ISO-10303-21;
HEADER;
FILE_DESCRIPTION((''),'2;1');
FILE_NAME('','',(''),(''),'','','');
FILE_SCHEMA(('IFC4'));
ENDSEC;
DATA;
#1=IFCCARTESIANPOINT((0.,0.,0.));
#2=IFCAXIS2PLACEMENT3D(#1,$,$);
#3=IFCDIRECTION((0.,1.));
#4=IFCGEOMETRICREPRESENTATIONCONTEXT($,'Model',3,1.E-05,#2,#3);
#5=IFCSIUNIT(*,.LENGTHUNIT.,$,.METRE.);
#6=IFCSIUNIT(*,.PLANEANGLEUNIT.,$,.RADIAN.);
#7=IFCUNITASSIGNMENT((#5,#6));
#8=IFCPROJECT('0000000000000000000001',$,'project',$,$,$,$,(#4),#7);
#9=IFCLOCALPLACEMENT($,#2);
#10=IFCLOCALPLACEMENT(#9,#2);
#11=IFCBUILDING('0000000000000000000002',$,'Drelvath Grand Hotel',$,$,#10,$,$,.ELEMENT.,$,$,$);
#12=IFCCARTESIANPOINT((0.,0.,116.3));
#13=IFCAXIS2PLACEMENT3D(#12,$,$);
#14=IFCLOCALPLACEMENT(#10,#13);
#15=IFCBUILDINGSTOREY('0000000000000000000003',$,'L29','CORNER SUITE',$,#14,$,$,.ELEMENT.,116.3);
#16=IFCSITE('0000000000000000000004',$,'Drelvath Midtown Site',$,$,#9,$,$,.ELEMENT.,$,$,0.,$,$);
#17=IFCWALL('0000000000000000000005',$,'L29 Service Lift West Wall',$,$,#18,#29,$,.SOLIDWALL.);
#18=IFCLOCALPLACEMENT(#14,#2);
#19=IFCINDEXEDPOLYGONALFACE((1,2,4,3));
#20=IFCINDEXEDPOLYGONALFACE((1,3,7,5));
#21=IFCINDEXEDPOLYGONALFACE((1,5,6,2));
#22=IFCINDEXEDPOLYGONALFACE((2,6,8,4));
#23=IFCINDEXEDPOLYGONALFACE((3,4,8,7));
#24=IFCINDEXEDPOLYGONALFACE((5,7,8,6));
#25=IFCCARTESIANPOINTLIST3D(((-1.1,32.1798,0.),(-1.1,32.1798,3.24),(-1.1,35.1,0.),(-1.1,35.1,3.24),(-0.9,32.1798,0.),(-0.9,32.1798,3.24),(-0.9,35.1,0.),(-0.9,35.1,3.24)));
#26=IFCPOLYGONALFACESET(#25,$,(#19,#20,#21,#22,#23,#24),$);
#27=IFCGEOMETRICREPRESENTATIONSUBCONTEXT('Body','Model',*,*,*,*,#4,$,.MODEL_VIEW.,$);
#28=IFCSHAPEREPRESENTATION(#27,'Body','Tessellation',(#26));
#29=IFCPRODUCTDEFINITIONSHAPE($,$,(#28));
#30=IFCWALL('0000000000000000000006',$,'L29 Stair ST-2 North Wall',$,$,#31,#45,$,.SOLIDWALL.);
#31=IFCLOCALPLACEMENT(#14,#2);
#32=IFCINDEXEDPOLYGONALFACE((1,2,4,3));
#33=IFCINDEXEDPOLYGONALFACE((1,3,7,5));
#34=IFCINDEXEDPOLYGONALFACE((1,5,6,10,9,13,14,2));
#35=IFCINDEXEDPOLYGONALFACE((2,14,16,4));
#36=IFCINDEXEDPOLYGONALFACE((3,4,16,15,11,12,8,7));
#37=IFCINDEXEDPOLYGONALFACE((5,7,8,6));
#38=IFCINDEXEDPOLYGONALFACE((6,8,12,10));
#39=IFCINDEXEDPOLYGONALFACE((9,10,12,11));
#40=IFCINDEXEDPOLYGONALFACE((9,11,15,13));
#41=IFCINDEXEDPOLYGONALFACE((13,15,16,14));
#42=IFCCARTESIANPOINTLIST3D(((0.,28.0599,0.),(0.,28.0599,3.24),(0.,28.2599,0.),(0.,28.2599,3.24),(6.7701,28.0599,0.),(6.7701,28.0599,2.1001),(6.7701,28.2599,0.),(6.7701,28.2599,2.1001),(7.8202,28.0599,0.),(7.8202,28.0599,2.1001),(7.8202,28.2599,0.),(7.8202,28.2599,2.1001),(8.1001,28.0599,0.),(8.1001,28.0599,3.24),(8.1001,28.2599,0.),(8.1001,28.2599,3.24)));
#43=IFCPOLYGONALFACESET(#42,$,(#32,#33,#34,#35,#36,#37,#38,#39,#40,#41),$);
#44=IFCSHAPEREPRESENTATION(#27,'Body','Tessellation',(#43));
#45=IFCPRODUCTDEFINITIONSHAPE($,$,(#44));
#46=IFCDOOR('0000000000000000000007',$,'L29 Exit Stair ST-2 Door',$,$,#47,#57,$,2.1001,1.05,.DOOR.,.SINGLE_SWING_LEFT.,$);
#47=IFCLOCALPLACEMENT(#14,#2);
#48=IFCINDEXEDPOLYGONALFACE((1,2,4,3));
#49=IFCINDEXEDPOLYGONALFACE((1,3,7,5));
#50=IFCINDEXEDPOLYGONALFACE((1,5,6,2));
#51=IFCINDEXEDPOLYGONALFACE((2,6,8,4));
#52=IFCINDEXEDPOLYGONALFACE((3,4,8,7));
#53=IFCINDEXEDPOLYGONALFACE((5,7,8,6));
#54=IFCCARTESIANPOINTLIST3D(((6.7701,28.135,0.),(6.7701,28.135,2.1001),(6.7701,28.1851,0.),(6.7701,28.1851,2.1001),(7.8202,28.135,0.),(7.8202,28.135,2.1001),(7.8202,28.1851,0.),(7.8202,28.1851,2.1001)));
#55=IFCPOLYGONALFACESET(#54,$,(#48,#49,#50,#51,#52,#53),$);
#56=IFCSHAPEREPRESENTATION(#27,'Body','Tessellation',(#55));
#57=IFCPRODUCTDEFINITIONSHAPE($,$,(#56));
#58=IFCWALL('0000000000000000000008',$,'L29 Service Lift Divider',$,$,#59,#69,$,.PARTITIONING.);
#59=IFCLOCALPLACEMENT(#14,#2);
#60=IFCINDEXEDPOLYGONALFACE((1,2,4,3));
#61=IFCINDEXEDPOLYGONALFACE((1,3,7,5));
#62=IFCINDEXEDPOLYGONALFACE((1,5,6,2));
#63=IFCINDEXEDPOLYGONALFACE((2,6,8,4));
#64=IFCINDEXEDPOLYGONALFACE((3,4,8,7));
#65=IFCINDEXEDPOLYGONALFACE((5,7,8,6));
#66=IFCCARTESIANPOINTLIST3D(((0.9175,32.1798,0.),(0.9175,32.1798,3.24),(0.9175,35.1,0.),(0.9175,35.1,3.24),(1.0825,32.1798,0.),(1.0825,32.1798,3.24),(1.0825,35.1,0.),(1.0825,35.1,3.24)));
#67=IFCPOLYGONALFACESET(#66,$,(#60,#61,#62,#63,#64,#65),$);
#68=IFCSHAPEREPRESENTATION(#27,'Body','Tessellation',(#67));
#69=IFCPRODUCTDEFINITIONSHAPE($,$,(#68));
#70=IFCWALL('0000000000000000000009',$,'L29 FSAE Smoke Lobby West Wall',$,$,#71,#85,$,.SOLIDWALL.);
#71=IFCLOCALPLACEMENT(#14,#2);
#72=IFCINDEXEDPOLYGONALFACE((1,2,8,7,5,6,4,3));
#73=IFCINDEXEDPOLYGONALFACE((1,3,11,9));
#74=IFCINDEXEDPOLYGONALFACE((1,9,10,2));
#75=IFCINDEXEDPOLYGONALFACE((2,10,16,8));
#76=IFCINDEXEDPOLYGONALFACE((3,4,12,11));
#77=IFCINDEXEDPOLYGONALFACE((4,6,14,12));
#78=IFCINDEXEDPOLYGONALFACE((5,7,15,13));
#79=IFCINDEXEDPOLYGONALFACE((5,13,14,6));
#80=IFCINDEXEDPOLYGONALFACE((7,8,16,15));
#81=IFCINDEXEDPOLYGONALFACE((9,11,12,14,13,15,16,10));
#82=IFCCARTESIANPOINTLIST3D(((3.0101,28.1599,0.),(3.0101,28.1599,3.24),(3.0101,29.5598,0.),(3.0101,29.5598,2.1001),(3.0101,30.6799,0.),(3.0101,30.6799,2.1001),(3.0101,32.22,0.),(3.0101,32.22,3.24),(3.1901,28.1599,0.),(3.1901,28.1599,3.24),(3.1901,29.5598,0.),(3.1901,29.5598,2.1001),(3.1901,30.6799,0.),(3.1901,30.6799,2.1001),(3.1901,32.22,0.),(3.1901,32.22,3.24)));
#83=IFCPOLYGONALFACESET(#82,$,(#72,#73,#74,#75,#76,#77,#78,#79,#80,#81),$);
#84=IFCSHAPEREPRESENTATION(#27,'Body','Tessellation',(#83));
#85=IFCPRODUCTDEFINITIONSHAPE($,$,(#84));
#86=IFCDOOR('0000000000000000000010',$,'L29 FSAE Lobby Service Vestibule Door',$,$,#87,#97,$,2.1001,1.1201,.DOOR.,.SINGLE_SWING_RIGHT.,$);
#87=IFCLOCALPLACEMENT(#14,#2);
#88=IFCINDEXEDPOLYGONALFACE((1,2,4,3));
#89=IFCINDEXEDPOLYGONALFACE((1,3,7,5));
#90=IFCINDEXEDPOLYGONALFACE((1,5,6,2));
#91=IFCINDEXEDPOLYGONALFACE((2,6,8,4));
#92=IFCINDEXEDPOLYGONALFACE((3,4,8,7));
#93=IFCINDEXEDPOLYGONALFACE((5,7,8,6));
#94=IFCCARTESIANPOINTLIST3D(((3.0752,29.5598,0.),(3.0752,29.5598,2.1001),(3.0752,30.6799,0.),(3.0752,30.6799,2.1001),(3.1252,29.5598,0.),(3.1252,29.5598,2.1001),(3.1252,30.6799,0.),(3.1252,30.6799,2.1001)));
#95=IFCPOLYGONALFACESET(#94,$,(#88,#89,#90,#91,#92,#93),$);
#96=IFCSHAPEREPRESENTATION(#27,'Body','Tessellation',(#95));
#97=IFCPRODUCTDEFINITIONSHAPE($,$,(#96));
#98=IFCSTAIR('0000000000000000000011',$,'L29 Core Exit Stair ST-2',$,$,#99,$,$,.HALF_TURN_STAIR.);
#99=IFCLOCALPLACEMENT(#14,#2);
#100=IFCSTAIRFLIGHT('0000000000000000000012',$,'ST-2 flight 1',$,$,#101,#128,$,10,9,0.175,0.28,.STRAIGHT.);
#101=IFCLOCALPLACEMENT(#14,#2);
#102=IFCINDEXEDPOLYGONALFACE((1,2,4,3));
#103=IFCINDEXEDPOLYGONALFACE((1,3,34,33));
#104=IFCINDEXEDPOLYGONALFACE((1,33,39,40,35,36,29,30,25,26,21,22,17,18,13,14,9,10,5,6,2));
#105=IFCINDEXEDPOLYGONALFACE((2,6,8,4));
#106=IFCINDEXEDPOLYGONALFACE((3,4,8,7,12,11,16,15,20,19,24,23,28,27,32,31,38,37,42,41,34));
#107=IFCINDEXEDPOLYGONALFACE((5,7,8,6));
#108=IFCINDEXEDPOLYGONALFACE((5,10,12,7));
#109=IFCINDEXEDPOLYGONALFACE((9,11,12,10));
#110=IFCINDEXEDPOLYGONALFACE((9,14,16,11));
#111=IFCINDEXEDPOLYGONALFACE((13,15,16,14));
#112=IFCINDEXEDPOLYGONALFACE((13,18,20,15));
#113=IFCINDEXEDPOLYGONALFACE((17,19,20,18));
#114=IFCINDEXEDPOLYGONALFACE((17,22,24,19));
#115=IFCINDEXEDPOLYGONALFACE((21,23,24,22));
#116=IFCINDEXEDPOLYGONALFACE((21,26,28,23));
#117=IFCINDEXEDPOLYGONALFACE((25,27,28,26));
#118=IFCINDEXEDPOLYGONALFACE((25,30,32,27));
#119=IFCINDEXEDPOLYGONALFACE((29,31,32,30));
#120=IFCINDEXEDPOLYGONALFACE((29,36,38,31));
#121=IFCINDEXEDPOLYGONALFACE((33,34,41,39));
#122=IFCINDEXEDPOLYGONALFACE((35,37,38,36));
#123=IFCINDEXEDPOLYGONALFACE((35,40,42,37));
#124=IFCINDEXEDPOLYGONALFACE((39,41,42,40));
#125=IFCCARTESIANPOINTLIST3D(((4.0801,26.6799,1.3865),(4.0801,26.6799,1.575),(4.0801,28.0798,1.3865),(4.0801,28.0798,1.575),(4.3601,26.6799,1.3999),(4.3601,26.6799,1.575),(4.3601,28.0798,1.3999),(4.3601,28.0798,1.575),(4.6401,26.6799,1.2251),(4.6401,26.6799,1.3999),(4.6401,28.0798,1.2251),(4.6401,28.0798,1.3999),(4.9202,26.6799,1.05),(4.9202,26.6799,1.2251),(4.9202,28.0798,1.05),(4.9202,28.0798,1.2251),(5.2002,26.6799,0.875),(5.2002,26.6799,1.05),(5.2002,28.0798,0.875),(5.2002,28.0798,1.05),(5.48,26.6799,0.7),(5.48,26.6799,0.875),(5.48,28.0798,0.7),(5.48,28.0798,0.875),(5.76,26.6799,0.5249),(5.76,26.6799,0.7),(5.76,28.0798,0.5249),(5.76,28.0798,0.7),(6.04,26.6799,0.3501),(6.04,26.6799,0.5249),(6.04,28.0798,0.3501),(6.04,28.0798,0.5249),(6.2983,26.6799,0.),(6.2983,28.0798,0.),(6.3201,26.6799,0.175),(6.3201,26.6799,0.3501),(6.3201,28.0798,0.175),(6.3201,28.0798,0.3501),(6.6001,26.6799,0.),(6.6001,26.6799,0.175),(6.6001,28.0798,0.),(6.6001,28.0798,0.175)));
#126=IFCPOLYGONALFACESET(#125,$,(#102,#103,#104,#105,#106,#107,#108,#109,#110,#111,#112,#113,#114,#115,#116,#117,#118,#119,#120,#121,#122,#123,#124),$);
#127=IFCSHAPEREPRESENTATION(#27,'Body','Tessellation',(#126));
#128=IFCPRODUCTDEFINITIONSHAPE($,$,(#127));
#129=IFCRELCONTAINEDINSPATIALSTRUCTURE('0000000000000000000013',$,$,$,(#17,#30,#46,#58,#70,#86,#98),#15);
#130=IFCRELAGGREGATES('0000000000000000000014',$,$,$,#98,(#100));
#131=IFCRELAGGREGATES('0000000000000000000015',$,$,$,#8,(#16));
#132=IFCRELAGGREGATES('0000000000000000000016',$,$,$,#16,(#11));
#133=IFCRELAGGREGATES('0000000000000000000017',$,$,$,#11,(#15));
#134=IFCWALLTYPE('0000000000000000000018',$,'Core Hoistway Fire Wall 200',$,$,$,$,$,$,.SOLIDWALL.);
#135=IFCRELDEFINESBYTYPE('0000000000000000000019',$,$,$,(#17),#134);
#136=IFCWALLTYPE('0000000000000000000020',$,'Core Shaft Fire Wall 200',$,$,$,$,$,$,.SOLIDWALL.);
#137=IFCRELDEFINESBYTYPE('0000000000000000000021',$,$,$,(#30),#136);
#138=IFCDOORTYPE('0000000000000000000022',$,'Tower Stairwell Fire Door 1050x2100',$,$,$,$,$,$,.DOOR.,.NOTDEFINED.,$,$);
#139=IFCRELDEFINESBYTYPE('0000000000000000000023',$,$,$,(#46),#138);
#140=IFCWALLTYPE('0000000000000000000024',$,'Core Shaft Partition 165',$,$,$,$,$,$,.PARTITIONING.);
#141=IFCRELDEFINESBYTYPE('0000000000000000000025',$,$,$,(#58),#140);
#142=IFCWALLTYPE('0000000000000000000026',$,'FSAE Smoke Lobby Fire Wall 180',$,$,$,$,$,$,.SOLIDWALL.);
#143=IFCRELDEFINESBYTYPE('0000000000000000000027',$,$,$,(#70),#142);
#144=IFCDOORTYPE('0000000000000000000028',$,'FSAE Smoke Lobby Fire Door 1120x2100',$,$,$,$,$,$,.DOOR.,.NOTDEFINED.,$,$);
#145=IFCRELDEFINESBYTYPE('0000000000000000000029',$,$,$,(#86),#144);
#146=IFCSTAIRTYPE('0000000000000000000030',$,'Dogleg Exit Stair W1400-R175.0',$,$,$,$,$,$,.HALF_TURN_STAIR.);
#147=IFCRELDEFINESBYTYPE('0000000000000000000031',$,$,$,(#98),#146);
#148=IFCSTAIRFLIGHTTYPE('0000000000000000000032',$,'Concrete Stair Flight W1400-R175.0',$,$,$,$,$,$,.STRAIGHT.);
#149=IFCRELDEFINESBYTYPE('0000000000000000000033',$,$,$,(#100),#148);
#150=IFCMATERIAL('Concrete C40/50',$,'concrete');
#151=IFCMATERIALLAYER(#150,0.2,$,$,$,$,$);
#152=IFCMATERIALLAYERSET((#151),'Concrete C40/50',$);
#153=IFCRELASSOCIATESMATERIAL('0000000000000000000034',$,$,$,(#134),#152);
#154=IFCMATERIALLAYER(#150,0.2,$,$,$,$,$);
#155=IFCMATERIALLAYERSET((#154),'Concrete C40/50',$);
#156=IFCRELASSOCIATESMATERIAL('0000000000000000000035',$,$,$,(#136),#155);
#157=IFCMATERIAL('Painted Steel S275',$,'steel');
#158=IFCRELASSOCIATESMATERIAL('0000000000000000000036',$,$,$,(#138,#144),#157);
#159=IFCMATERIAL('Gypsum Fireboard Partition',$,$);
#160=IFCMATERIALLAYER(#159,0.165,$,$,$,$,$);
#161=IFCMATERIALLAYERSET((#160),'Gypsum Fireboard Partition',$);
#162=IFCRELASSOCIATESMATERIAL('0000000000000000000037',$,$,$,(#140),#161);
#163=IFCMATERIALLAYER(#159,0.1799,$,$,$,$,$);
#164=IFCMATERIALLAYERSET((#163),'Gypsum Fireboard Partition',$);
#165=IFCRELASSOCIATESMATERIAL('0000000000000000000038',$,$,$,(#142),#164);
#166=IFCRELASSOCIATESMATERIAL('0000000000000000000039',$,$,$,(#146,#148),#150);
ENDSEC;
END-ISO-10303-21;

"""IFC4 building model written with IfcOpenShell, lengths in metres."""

from ifc_helpers import new_model, si_unit, direction, frame, frame_2d, origin, place, context, subcontext, project, spatial, polyline, rectangle, outline, extrude, material, layer, layer_set, type_object, element, fill, aggregate, save


model = new_model("IFC4")

# Units and contexts
model_context = context("Model", 3, precision=1e-05, world=origin(), true_north=direction((0.0, 1.0)))
body_context = subcontext(model_context, "Body", "Model", "MODEL_VIEW")
ifc_project = project(units=[si_unit("LENGTHUNIT", "METRE"), si_unit("PLANEANGLEUNIT", "RADIAN")], contexts=[model_context])

# Site, building, storey
site_placement = place(None, origin())
site = spatial("IfcSite", under=ifc_project, at=site_placement, Name="Drelvath Midtown Site", CompositionType="ELEMENT", RefElevation=0.0)
building_placement = place(site_placement, origin())
building = spatial("IfcBuilding", under=site, at=building_placement, Name="Drelvath Grand Hotel", CompositionType="ELEMENT")
storey_placement = place(building_placement, frame((0.0, 0.0, 116.3)))
storey = spatial("IfcBuildingStorey", under=building, at=storey_placement, Name="L29", Description="CORNER SUITE", CompositionType="ELEMENT", Elevation=116.3)

# Shared definitions
ifc_material_1 = material(Name="Concrete C40/50", Category="concrete")
ifc_layer_1 = layer(ifc_material_1, 0.2)
ifc_layer_set_1 = layer_set([ifc_layer_1], Name="Concrete C40/50")
wall_type_1 = type_object("IfcWallType", Name="Core Hoistway Fire Wall 200", PredefinedType="SOLIDWALL", material=ifc_layer_set_1)

# Wall
wall_1_placement = place(storey_placement, frame((-1.0, 32.1799, 0.0), z_axis=(0.0, 0.0, 1.0), x_axis=(0.0, 1.0, 0.0)))
element("IfcWall", 1, at=wall_1_placement, inside=storey, type_object=wall_type_1, Name="L29 Service Lift West Wall", PredefinedType="SOLIDWALL", context=body_context, shape_type="SweptSolid", body=[
    extrude(rectangle(XDim=2.9202, YDim=0.2, at=frame_2d((1.46, 0.0))), origin(), (0.0, 0.0, 1.0), 3.24),
])

# Wall, opening, door
ifc_layer_2 = layer(ifc_material_1, 0.2)
ifc_layer_set_2 = layer_set([ifc_layer_2], Name="Concrete C40/50")
wall_type_2 = type_object("IfcWallType", Name="Core Shaft Fire Wall 200", PredefinedType="SOLIDWALL", material=ifc_layer_set_2)
wall_2_placement = place(storey_placement, frame((8.1001, 28.1599, 0.0), z_axis=(0.0, 0.0, 1.0), x_axis=(-1.0, 0.0, 0.0)))
wall_2 = element("IfcWall", 2, at=wall_2_placement, inside=storey, type_object=wall_type_2, Name="L29 Stair ST-2 North Wall", PredefinedType="SOLIDWALL", context=body_context, shape_type="SweptSolid", body=[
    extrude(rectangle(XDim=8.1001, YDim=0.2, at=frame_2d((4.05, 0.0))), origin(), (0.0, 0.0, 1.0), 3.24),
])
opening_1_placement = place(wall_2_placement, frame((0.28, 0.0, 0.0)))
opening_1 = element("IfcOpeningElement", 3, at=opening_1_placement, cuts=wall_2, PredefinedType="OPENING", context=body_context, shape_type="SweptSolid", body=[
    extrude(rectangle(XDim=1.05, YDim=2.1001, at=frame_2d((0.5249, 1.05))), frame((0.0, 0.1099, 0.0), z_axis=(0.0, -1.0, 0.0), x_axis=(1.0, 0.0, 0.0)), (0.0, 0.0, 1.0), 0.22),
])
ifc_material_2 = material(Name="Painted Steel S275", Category="steel")
door_type_1 = type_object("IfcDoorType", Name="Tower Stairwell Fire Door 1050x2100", OperationType="NOTDEFINED", PredefinedType="DOOR", material=ifc_material_2)
door_1_placement = place(opening_1_placement, origin())
door_1 = element("IfcDoor", 4, at=door_1_placement, inside=storey, type_object=door_type_1, Name="L29 Exit Stair ST-2 Door", OperationType="SINGLE_SWING_LEFT", OverallHeight=2.1001, OverallWidth=1.05, PredefinedType="DOOR", context=body_context, shape_type="SweptSolid", body=[
    extrude(rectangle(XDim=1.05, YDim=2.1001, at=frame_2d((0.5249, 1.05))), frame((0.0, 0.0249, 0.0), z_axis=(0.0, -1.0, 0.0), x_axis=(1.0, 0.0, 0.0)), (0.0, 0.0, 1.0), 0.05),
])
fill(opening_1, door_1)

# Wall
ifc_material_3 = material(Name="Gypsum Fireboard Partition")
ifc_layer_3 = layer(ifc_material_3, 0.165)
ifc_layer_set_3 = layer_set([ifc_layer_3], Name="Gypsum Fireboard Partition")
wall_type_3 = type_object("IfcWallType", Name="Core Shaft Partition 165", PredefinedType="PARTITIONING", material=ifc_layer_set_3)
wall_3_placement = place(storey_placement, frame((1.0, 32.1799, 0.0), z_axis=(0.0, 0.0, 1.0), x_axis=(0.0, 1.0, 0.0)))
element("IfcWall", 5, at=wall_3_placement, inside=storey, type_object=wall_type_3, Name="L29 Service Lift Divider", PredefinedType="PARTITIONING", context=body_context, shape_type="SweptSolid", body=[
    extrude(rectangle(XDim=2.9202, YDim=0.165, at=frame_2d((1.46, 0.0))), origin(), (0.0, 0.0, 1.0), 3.24),
])

# Wall, opening, door
ifc_layer_4 = layer(ifc_material_3, 0.1799)
ifc_layer_set_4 = layer_set([ifc_layer_4], Name="Gypsum Fireboard Partition")
wall_type_4 = type_object("IfcWallType", Name="FSAE Smoke Lobby Fire Wall 180", PredefinedType="SOLIDWALL", material=ifc_layer_set_4)
wall_4_placement = place(storey_placement, frame((3.1001, 28.1599, 0.0), z_axis=(0.0, 0.0, 1.0), x_axis=(0.0, 1.0, 0.0)))
wall_4 = element("IfcWall", 6, at=wall_4_placement, inside=storey, type_object=wall_type_4, Name="L29 FSAE Smoke Lobby West Wall", PredefinedType="SOLIDWALL", context=body_context, shape_type="SweptSolid", body=[
    extrude(rectangle(XDim=4.0601, YDim=0.1799, at=frame_2d((2.03, 0.0))), origin(), (0.0, 0.0, 1.0), 3.24),
])
opening_2_placement = place(wall_4_placement, frame((1.3999, 0.0, 0.0)))
opening_2 = element("IfcOpeningElement", 7, at=opening_2_placement, cuts=wall_4, PredefinedType="OPENING", context=body_context, shape_type="SweptSolid", body=[
    extrude(rectangle(XDim=1.1201, YDim=2.1001, at=frame_2d((0.5601, 1.05))), frame((0.0, 0.0999, 0.0), z_axis=(0.0, -1.0, 0.0), x_axis=(1.0, 0.0, 0.0)), (0.0, 0.0, 1.0), 0.2),
])
door_type_2 = type_object("IfcDoorType", Name="FSAE Smoke Lobby Fire Door 1120x2100", OperationType="NOTDEFINED", PredefinedType="DOOR", material=ifc_material_2)
door_2_placement = place(opening_2_placement, origin())
door_2 = element("IfcDoor", 8, at=door_2_placement, inside=storey, type_object=door_type_2, Name="L29 FSAE Lobby Service Vestibule Door", OperationType="SINGLE_SWING_RIGHT", OverallHeight=2.1001, OverallWidth=1.1201, PredefinedType="DOOR", context=body_context, shape_type="SweptSolid", body=[
    extrude(rectangle(XDim=1.1201, YDim=2.1001, at=frame_2d((0.5601, 1.05))), frame((0.0, 0.0249, 0.0), z_axis=(0.0, -1.0, 0.0), x_axis=(1.0, 0.0, 0.0)), (0.0, 0.0, 1.0), 0.05),
])
fill(opening_2, door_2)

# Stair, stair flight
stair_type = type_object("IfcStairType", Name="Dogleg Exit Stair W1400-R175.0", PredefinedType="HALF_TURN_STAIR", material=ifc_material_1)
stair_placement = place(storey_placement, origin())
stair = element("IfcStair", 9, at=stair_placement, inside=storey, type_object=stair_type, Name="L29 Core Exit Stair ST-2", PredefinedType="HALF_TURN_STAIR")
stair_flight_type = type_object("IfcStairFlightType", Name="Concrete Stair Flight W1400-R175.0", PredefinedType="STRAIGHT", material=ifc_material_1)
stair_flight_placement = place(storey_placement, frame((6.6001, 27.3799, 0.0), z_axis=(0.0, 0.0, 1.0), x_axis=(-1.0, 0.0, 0.0)))
stair_flight = element("IfcStairFlight", 10, at=stair_flight_placement, type_object=stair_flight_type, Name="ST-2 flight 1", NumberOfRisers=10, NumberOfTreads=9, PredefinedType="STRAIGHT", RiserHeight=0.175, TreadLength=0.28, context=body_context, shape_type="SweptSolid", body=[
    extrude(outline(polyline([(0.0, 0.0), (0.0, 0.175), (0.28, 0.175), (0.28, 0.3501), (0.5601, 0.3501), (0.5601, 0.5249), (0.8401, 0.5249), (0.8401, 0.7), (1.1201, 0.7), (1.1201, 0.875), (1.3999, 0.875), (1.3999, 1.05), (1.6799, 1.05), (1.6799, 1.2251), (1.96, 1.2251), (1.96, 1.3999), (2.24, 1.3999), (2.24, 1.575), (2.52, 1.575), (2.52, 1.75), (2.52, 1.3865), (0.3018, 0.0), (0.0, 0.0)])), frame((0.0, 0.7, 0.0), z_axis=(0.0, -1.0, 0.0), x_axis=(1.0, 0.0, 0.0)), (0.0, 0.0, 1.0), 1.3999),
])
aggregate(stair, [stair_flight])

save(model, "model.ifc")
